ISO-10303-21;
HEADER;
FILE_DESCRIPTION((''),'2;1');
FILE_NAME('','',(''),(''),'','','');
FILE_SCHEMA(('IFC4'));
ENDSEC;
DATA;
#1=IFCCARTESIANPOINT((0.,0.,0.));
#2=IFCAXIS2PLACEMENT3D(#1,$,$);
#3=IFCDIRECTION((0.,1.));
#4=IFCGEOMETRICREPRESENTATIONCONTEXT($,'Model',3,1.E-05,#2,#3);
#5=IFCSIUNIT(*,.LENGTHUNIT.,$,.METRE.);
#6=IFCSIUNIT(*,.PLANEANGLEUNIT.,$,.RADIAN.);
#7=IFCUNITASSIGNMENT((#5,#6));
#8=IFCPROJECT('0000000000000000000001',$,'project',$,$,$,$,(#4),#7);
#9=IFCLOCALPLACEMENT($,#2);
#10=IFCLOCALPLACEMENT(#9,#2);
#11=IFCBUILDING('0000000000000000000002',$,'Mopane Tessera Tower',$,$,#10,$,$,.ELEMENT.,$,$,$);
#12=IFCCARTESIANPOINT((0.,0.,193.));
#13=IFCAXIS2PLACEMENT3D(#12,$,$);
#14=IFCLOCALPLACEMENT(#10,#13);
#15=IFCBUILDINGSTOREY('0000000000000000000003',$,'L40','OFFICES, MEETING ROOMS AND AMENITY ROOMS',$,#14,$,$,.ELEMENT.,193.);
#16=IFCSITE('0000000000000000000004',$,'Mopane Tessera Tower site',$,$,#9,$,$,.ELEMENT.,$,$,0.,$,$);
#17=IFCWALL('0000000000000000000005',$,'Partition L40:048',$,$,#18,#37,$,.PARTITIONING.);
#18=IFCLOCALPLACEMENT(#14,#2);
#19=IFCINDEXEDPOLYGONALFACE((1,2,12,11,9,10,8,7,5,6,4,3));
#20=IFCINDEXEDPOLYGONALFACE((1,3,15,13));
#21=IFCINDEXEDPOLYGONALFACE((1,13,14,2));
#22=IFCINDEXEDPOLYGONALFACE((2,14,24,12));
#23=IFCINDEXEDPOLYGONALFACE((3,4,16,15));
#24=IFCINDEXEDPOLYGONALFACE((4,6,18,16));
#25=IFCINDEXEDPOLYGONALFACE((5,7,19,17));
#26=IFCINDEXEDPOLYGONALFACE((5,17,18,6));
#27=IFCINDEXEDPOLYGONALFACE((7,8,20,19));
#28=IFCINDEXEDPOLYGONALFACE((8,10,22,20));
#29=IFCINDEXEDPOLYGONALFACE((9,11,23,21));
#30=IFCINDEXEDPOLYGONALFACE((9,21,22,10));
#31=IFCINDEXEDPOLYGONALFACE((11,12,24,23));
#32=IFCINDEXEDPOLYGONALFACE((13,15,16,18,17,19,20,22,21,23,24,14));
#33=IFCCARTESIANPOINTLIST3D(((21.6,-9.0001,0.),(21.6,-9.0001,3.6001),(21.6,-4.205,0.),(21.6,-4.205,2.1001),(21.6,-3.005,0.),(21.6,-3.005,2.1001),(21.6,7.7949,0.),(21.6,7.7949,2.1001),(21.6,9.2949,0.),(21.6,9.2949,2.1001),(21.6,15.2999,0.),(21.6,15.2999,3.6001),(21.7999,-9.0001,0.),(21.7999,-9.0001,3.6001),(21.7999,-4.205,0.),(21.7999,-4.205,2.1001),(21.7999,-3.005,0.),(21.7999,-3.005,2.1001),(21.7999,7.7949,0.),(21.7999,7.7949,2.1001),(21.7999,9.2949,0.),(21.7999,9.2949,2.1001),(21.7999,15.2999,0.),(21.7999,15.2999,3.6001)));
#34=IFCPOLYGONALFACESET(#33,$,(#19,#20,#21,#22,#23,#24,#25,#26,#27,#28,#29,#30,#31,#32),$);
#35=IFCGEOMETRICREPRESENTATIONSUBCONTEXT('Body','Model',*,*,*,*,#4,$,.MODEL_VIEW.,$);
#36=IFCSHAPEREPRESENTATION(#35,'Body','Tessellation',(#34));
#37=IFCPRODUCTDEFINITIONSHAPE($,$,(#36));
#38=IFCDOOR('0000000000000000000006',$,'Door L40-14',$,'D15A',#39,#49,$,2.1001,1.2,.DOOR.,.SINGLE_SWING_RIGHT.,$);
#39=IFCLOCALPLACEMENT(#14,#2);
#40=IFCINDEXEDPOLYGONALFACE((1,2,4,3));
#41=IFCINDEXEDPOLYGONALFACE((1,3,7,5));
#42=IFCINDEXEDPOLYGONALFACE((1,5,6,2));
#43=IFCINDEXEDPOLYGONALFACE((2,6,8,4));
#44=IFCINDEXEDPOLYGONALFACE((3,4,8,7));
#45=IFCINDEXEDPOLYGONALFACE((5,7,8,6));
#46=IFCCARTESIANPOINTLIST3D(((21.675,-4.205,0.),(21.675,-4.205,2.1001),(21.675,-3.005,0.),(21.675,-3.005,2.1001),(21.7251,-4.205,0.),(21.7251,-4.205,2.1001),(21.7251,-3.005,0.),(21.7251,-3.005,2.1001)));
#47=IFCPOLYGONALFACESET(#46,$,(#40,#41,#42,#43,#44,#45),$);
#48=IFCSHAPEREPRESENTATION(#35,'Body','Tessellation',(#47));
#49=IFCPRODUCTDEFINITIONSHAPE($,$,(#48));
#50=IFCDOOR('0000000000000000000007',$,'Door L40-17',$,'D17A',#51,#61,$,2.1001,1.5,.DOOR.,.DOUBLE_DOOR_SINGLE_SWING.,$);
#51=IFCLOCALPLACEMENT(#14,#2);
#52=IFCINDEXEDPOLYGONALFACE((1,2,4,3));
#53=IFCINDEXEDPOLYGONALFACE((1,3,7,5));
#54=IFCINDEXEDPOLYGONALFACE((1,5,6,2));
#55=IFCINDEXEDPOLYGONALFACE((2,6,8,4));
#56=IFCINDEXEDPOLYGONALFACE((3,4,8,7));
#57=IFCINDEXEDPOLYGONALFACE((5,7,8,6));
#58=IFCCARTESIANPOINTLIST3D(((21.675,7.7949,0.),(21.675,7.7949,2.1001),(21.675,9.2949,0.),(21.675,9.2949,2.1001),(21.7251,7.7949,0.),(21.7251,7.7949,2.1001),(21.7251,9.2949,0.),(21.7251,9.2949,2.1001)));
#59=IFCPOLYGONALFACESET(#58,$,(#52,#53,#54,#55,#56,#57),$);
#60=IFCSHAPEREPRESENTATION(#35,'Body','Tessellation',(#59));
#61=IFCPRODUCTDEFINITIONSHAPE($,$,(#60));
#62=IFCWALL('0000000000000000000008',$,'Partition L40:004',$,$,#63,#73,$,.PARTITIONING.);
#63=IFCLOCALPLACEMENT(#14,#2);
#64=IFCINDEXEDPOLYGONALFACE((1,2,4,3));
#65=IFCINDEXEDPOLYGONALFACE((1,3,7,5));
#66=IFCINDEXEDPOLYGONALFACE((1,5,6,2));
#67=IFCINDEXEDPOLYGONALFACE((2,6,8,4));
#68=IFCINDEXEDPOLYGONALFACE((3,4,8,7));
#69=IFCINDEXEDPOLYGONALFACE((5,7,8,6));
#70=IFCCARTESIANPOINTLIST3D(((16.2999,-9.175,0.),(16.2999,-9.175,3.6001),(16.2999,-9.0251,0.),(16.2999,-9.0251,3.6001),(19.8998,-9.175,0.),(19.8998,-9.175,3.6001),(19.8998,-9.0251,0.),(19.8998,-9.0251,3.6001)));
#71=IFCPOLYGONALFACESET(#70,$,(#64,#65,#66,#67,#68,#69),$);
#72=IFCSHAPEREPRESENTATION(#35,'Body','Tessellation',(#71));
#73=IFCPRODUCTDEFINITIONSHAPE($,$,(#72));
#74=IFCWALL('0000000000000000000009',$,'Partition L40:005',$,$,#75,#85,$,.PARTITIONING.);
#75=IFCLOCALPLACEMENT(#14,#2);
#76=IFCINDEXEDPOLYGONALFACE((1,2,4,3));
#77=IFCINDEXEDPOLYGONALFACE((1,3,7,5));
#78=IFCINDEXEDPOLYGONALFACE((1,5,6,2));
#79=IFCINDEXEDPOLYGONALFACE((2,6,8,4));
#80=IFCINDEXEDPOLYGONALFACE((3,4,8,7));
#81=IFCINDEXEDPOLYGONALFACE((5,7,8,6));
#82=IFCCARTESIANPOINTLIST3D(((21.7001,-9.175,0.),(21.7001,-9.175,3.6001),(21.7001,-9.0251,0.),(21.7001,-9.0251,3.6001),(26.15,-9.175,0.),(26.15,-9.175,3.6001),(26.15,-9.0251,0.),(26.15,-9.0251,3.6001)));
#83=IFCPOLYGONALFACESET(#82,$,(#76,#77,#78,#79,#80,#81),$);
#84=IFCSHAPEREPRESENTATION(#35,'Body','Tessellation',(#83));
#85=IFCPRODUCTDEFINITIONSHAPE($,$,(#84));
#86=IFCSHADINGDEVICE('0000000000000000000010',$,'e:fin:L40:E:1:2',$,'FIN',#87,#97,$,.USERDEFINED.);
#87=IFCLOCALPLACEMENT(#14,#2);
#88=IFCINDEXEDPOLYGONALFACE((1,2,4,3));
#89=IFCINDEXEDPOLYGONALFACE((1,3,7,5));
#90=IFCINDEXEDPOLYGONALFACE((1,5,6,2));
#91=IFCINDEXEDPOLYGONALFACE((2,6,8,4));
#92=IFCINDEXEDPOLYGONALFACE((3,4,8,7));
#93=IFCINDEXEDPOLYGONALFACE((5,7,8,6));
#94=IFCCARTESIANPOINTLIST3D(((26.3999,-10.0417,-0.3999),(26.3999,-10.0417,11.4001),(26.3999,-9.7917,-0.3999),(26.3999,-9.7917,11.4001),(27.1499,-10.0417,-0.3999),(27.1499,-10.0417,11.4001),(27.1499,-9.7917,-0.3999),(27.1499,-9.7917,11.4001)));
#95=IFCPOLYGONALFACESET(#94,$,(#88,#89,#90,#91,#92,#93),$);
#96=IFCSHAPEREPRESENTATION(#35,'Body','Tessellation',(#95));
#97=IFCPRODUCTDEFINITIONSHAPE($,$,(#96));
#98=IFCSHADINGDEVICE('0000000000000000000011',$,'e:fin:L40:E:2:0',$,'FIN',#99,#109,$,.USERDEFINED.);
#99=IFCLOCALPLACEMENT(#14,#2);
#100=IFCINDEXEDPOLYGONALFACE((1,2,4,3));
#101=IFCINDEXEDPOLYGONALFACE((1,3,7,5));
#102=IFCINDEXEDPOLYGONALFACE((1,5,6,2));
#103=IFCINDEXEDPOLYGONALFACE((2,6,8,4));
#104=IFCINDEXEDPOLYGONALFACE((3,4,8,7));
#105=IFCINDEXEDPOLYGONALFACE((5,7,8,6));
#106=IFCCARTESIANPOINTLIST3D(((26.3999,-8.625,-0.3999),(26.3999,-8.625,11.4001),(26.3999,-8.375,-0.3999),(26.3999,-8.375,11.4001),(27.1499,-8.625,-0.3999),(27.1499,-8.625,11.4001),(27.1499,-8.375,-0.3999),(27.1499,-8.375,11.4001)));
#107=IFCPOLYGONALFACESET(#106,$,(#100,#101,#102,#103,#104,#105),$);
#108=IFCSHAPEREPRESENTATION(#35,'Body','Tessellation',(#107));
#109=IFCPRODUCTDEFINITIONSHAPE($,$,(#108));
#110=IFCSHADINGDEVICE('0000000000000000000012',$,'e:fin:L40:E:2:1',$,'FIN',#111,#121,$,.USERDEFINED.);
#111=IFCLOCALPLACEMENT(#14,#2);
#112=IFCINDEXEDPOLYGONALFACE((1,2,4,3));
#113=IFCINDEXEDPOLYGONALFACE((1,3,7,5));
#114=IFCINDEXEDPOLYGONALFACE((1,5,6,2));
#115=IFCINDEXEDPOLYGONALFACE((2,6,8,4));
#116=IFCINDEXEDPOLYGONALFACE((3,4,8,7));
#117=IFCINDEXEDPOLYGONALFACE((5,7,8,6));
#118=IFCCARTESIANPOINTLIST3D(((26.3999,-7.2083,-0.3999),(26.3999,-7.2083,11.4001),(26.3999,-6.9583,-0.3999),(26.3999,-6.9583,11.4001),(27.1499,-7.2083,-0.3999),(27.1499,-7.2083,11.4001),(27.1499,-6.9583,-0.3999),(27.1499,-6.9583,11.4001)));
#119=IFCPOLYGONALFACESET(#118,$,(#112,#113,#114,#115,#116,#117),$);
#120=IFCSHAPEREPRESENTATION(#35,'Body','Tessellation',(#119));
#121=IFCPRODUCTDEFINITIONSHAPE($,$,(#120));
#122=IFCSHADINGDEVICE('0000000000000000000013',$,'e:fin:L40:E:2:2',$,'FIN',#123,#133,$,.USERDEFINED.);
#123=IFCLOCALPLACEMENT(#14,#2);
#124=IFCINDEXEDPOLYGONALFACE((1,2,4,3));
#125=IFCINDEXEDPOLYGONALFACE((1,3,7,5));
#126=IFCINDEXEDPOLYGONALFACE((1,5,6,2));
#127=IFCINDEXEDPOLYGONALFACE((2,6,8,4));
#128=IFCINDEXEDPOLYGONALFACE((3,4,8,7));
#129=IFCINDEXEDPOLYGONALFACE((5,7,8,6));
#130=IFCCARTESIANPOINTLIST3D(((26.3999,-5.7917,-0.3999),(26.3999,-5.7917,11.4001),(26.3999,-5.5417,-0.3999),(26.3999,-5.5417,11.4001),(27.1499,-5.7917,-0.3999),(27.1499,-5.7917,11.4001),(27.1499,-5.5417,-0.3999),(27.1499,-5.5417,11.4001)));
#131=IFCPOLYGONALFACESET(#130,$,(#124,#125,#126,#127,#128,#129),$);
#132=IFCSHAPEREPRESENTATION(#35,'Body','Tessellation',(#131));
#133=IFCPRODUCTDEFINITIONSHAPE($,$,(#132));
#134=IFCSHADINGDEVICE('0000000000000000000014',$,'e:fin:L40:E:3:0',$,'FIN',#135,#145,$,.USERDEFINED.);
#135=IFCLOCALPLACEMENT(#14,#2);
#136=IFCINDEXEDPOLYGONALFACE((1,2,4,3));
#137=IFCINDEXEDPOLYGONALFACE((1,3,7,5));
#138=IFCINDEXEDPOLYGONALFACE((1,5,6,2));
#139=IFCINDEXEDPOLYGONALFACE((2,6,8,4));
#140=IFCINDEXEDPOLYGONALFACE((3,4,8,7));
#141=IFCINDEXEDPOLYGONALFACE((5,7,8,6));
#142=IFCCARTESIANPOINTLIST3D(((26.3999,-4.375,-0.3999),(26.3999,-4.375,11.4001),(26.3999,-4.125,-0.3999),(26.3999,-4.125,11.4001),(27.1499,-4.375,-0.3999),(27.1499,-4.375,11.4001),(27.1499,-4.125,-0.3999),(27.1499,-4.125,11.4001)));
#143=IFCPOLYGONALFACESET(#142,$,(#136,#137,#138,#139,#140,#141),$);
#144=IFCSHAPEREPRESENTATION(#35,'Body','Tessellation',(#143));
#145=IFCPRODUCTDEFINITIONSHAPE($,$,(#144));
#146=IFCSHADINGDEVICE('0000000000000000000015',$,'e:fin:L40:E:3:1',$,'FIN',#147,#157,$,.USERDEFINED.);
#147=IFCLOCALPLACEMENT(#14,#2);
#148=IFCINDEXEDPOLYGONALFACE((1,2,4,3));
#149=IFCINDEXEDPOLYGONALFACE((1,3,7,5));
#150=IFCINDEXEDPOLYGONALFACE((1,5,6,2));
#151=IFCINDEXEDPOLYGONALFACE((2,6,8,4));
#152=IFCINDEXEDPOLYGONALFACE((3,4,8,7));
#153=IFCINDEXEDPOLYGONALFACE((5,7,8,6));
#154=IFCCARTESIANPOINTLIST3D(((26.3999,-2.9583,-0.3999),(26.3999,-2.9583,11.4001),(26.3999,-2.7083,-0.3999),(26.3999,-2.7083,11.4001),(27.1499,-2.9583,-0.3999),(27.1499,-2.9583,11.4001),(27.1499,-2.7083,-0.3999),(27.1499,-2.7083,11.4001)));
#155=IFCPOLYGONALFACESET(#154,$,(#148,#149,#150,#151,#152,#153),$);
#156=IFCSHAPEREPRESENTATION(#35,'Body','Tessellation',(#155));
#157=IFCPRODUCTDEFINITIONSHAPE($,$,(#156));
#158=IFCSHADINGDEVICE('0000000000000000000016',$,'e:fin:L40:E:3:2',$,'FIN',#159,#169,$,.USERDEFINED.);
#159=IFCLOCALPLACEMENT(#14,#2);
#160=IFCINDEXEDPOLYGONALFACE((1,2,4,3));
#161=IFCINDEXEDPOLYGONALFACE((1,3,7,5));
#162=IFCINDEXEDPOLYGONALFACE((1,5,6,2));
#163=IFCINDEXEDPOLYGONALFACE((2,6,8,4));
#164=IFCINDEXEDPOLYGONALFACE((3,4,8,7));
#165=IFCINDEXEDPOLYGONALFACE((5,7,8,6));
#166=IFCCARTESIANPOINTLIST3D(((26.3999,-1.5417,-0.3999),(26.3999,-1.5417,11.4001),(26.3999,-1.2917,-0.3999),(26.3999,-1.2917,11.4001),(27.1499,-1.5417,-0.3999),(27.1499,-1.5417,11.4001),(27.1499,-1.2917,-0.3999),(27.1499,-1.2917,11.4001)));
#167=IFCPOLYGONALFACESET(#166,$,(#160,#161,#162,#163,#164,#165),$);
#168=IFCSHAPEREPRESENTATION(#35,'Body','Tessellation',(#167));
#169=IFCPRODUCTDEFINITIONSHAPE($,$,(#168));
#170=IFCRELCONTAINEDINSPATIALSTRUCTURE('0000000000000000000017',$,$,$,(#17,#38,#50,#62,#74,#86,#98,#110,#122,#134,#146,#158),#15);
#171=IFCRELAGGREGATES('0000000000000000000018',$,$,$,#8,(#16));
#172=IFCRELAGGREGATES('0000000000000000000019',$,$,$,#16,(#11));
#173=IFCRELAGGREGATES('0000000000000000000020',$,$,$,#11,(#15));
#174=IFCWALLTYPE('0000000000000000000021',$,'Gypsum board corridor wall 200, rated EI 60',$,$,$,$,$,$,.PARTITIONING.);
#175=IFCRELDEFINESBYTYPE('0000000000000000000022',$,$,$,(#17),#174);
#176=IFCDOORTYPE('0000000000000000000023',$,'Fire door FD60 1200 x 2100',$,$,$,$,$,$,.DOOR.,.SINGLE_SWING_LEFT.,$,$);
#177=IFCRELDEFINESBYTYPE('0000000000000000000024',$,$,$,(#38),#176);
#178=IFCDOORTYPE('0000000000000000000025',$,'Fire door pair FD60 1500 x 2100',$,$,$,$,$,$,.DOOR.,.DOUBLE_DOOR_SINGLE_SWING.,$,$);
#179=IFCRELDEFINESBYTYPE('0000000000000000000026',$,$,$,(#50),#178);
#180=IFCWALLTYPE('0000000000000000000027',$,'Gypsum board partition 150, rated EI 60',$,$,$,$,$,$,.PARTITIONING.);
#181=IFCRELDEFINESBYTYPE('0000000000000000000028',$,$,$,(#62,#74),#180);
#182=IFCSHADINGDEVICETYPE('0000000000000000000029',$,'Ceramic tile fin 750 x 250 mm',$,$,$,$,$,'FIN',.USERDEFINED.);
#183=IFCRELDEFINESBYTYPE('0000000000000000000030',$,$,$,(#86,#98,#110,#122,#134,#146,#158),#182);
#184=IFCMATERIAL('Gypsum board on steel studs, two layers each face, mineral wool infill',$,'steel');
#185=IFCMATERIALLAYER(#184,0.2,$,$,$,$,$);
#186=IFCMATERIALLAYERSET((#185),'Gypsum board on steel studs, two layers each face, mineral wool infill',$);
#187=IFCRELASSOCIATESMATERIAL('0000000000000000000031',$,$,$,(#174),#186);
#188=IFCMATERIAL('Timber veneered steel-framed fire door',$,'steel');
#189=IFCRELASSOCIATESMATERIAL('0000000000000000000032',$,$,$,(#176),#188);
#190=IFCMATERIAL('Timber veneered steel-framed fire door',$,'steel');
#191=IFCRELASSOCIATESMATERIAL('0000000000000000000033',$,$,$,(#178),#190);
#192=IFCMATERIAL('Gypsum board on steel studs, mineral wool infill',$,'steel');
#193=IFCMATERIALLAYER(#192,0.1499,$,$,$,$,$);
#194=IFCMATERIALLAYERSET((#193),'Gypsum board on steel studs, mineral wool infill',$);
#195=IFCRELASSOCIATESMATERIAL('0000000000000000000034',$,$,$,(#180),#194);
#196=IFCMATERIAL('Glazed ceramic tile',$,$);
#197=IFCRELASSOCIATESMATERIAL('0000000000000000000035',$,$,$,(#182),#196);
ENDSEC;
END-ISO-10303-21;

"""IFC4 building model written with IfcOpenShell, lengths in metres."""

from ifc_helpers import new_model, si_unit, direction, frame, frame_2d, origin, origin_2d, place, context, subcontext, project, spatial, rectangle, extrude, material, layer, layer_set, type_object, element, fill, save


model = new_model("IFC4")

# Units and contexts
model_context = context("Model", 3, precision=1e-05, world=origin(), true_north=direction((0.0, 1.0)))
body_context = subcontext(model_context, "Body", "Model", "MODEL_VIEW")
ifc_project = project(units=[si_unit("LENGTHUNIT", "METRE"), si_unit("PLANEANGLEUNIT", "RADIAN")], contexts=[model_context])

# Site, building, storey
site_placement = place(None, origin())
site = spatial("IfcSite", under=ifc_project, at=site_placement, Name="Mopane Tessera Tower site", CompositionType="ELEMENT", RefElevation=0.0)
building_placement = place(site_placement, origin())
building = spatial("IfcBuilding", under=site, at=building_placement, Name="Mopane Tessera Tower", CompositionType="ELEMENT")
storey_placement = place(building_placement, frame((0.0, 0.0, 193.0)))
storey = spatial("IfcBuildingStorey", under=building, at=storey_placement, Name="L40", Description="OFFICES, MEETING ROOMS AND AMENITY ROOMS", CompositionType="ELEMENT", Elevation=193.0)

# Shared definitions
ifc_material_1 = material(Name="Gypsum board on steel studs, two layers each face, mineral wool infill", Category="steel")
ifc_layer_1 = layer(ifc_material_1, 0.2)
ifc_layer_set_1 = layer_set([ifc_layer_1], Name="Gypsum board on steel studs, two layers each face, mineral wool infill")
wall_type_1 = type_object("IfcWallType", Name="Gypsum board corridor wall 200, rated EI 60", PredefinedType="PARTITIONING", material=ifc_layer_set_1)

# Wall, openings, doors
wall_1_placement = place(storey_placement, frame((21.7, -9.0, 0.0), z_axis=(0.0, 0.0, 1.0), x_axis=(0.0, 1.0, 0.0)))
wall_1 = element("IfcWall", 1, at=wall_1_placement, inside=storey, type_object=wall_type_1, Name="Partition L40:048", PredefinedType="PARTITIONING", context=body_context, shape_type="SweptSolid", body=[
    extrude(rectangle(XDim=24.3, YDim=0.2, at=frame_2d((12.1499, 0.0))), origin(), (0.0, 0.0, 1.0), 3.6001),
])
opening_1_placement = place(wall_1_placement, frame((4.7949, 0.0, 0.0)))
opening_1 = element("IfcOpeningElement", 2, at=opening_1_placement, cuts=wall_1, PredefinedType="OPENING", context=body_context, shape_type="SweptSolid", body=[
    extrude(rectangle(XDim=1.2, YDim=2.1001, at=frame_2d((0.6001, 1.05))), frame((0.0, 0.1121, 0.0), z_axis=(0.0, -1.0, 0.0), x_axis=(1.0, 0.0, 0.0)), (0.0, 0.0, 1.0), 0.2239),
])
opening_2_placement = place(wall_1_placement, frame((16.7949, 0.0, 0.0)))
opening_2 = element("IfcOpeningElement", 3, at=opening_2_placement, cuts=wall_1, PredefinedType="OPENING", context=body_context, shape_type="SweptSolid", body=[
    extrude(rectangle(XDim=1.5, YDim=2.1001, at=frame_2d((0.75, 1.05))), frame((0.0, 0.1121, 0.0), z_axis=(0.0, -1.0, 0.0), x_axis=(1.0, 0.0, 0.0)), (0.0, 0.0, 1.0), 0.2239),
])
ifc_material_2 = material(Name="Timber veneered steel-framed fire door", Category="steel")
door_type_1 = type_object("IfcDoorType", Name="Fire door FD60 1200 x 2100", OperationType="SINGLE_SWING_LEFT", PredefinedType="DOOR", material=ifc_material_2)
door_1_placement = place(opening_1_placement, origin())
door_1 = element("IfcDoor", 4, at=door_1_placement, inside=storey, type_object=door_type_1, Name="Door L40-14", ObjectType="D15A", OperationType="SINGLE_SWING_RIGHT", OverallHeight=2.1001, OverallWidth=1.2, PredefinedType="DOOR", context=body_context, shape_type="SweptSolid", body=[
    extrude(rectangle(XDim=1.2, YDim=2.1001, at=frame_2d((0.6001, 1.05))), frame((0.0, 0.0249, 0.0), z_axis=(0.0, -1.0, 0.0), x_axis=(1.0, 0.0, 0.0)), (0.0, 0.0, 1.0), 0.05),
])
fill(opening_1, door_1)
ifc_material_3 = material(Name="Timber veneered steel-framed fire door", Category="steel")
door_type_2 = type_object("IfcDoorType", Name="Fire door pair FD60 1500 x 2100", OperationType="DOUBLE_DOOR_SINGLE_SWING", PredefinedType="DOOR", material=ifc_material_3)
door_2_placement = place(opening_2_placement, origin())
door_2 = element("IfcDoor", 5, at=door_2_placement, inside=storey, type_object=door_type_2, Name="Door L40-17", ObjectType="D17A", OperationType="DOUBLE_DOOR_SINGLE_SWING", OverallHeight=2.1001, OverallWidth=1.5, PredefinedType="DOOR", context=body_context, shape_type="SweptSolid", body=[
    extrude(rectangle(XDim=1.5, YDim=2.1001, at=frame_2d((0.75, 1.05))), frame((0.0, 0.0249, 0.0), z_axis=(0.0, -1.0, 0.0), x_axis=(1.0, 0.0, 0.0)), (0.0, 0.0, 1.0), 0.05),
])
fill(opening_2, door_2)

# Walls
ifc_material_4 = material(Name="Gypsum board on steel studs, mineral wool infill", Category="steel")
ifc_layer_2 = layer(ifc_material_4, 0.1499)
ifc_layer_set_2 = layer_set([ifc_layer_2], Name="Gypsum board on steel studs, mineral wool infill")
wall_type_2 = type_object("IfcWallType", Name="Gypsum board partition 150, rated EI 60", PredefinedType="PARTITIONING", material=ifc_layer_set_2)
wall_2_placement = place(storey_placement, frame((16.3, -9.1001, 0.0), z_axis=(0.0, 0.0, 1.0), x_axis=(1.0, 0.0, 0.0)))
element("IfcWall", 6, at=wall_2_placement, inside=storey, type_object=wall_type_2, Name="Partition L40:004", PredefinedType="PARTITIONING", context=body_context, shape_type="SweptSolid", body=[
    extrude(rectangle(XDim=3.5999, YDim=0.1499, at=frame_2d((1.7998, 0.0))), origin(), (0.0, 0.0, 1.0), 3.6001),
])
wall_3_placement = place(storey_placement, frame((21.7, -9.1001, 0.0), z_axis=(0.0, 0.0, 1.0), x_axis=(1.0, 0.0, 0.0)))
element("IfcWall", 7, at=wall_3_placement, inside=storey, type_object=wall_type_2, Name="Partition L40:005", PredefinedType="PARTITIONING", context=body_context, shape_type="SweptSolid", body=[
    extrude(rectangle(XDim=4.45, YDim=0.1499, at=frame_2d((2.2251, 0.0))), origin(), (0.0, 0.0, 1.0), 3.6001),
])

# Shading devices
ifc_material_5 = material(Name="Glazed ceramic tile")
shading_device_type = type_object("IfcShadingDeviceType", Name="Ceramic tile fin 750 x 250 mm", ElementType="FIN", PredefinedType="USERDEFINED", material=ifc_material_5)
for number, where, z_axis, x_axis, name in (
    (8, (26.7749, -9.9167, -0.3999), (0.0, 0.0, 1.0), (0.0, 1.0, 0.0), "e:fin:L40:E:1:2"),
    (9, (26.7749, -8.5, -0.3999), (0.0, 0.0, 1.0), (0.0, 1.0, 0.0), "e:fin:L40:E:2:0"),
    (10, (26.7749, -7.0833, -0.3999), (0.0, 0.0, 1.0), (0.0, 1.0, 0.0), "e:fin:L40:E:2:1"),
    (11, (26.7749, -5.6667, -0.3999), (0.0, 0.0, 1.0), (0.0, 1.0, 0.0), "e:fin:L40:E:2:2"),
    (12, (26.7749, -4.25, -0.3999), (0.0, 0.0, 1.0), (0.0, 1.0, 0.0), "e:fin:L40:E:3:0"),
    (13, (26.7749, -2.8333, -0.3999), (0.0, 0.0, 1.0), (0.0, 1.0, 0.0), "e:fin:L40:E:3:1"),
    (14, (26.7749, -1.4167, -0.3999), (0.0, 0.0, 1.0), (0.0, 1.0, 0.0), "e:fin:L40:E:3:2"),
):
    element("IfcShadingDevice", number, at=place(storey_placement, frame(where, z_axis=z_axis, x_axis=x_axis)), inside=storey, type_object=shading_device_type, Name=name, ObjectType="FIN", PredefinedType="USERDEFINED", context=body_context, shape_type="SweptSolid", body=[
        extrude(rectangle(XDim=0.25, YDim=0.75, at=origin_2d()), origin(), (0.0, 0.0, 1.0), 11.8),
    ])

save(model, "model.ifc")
